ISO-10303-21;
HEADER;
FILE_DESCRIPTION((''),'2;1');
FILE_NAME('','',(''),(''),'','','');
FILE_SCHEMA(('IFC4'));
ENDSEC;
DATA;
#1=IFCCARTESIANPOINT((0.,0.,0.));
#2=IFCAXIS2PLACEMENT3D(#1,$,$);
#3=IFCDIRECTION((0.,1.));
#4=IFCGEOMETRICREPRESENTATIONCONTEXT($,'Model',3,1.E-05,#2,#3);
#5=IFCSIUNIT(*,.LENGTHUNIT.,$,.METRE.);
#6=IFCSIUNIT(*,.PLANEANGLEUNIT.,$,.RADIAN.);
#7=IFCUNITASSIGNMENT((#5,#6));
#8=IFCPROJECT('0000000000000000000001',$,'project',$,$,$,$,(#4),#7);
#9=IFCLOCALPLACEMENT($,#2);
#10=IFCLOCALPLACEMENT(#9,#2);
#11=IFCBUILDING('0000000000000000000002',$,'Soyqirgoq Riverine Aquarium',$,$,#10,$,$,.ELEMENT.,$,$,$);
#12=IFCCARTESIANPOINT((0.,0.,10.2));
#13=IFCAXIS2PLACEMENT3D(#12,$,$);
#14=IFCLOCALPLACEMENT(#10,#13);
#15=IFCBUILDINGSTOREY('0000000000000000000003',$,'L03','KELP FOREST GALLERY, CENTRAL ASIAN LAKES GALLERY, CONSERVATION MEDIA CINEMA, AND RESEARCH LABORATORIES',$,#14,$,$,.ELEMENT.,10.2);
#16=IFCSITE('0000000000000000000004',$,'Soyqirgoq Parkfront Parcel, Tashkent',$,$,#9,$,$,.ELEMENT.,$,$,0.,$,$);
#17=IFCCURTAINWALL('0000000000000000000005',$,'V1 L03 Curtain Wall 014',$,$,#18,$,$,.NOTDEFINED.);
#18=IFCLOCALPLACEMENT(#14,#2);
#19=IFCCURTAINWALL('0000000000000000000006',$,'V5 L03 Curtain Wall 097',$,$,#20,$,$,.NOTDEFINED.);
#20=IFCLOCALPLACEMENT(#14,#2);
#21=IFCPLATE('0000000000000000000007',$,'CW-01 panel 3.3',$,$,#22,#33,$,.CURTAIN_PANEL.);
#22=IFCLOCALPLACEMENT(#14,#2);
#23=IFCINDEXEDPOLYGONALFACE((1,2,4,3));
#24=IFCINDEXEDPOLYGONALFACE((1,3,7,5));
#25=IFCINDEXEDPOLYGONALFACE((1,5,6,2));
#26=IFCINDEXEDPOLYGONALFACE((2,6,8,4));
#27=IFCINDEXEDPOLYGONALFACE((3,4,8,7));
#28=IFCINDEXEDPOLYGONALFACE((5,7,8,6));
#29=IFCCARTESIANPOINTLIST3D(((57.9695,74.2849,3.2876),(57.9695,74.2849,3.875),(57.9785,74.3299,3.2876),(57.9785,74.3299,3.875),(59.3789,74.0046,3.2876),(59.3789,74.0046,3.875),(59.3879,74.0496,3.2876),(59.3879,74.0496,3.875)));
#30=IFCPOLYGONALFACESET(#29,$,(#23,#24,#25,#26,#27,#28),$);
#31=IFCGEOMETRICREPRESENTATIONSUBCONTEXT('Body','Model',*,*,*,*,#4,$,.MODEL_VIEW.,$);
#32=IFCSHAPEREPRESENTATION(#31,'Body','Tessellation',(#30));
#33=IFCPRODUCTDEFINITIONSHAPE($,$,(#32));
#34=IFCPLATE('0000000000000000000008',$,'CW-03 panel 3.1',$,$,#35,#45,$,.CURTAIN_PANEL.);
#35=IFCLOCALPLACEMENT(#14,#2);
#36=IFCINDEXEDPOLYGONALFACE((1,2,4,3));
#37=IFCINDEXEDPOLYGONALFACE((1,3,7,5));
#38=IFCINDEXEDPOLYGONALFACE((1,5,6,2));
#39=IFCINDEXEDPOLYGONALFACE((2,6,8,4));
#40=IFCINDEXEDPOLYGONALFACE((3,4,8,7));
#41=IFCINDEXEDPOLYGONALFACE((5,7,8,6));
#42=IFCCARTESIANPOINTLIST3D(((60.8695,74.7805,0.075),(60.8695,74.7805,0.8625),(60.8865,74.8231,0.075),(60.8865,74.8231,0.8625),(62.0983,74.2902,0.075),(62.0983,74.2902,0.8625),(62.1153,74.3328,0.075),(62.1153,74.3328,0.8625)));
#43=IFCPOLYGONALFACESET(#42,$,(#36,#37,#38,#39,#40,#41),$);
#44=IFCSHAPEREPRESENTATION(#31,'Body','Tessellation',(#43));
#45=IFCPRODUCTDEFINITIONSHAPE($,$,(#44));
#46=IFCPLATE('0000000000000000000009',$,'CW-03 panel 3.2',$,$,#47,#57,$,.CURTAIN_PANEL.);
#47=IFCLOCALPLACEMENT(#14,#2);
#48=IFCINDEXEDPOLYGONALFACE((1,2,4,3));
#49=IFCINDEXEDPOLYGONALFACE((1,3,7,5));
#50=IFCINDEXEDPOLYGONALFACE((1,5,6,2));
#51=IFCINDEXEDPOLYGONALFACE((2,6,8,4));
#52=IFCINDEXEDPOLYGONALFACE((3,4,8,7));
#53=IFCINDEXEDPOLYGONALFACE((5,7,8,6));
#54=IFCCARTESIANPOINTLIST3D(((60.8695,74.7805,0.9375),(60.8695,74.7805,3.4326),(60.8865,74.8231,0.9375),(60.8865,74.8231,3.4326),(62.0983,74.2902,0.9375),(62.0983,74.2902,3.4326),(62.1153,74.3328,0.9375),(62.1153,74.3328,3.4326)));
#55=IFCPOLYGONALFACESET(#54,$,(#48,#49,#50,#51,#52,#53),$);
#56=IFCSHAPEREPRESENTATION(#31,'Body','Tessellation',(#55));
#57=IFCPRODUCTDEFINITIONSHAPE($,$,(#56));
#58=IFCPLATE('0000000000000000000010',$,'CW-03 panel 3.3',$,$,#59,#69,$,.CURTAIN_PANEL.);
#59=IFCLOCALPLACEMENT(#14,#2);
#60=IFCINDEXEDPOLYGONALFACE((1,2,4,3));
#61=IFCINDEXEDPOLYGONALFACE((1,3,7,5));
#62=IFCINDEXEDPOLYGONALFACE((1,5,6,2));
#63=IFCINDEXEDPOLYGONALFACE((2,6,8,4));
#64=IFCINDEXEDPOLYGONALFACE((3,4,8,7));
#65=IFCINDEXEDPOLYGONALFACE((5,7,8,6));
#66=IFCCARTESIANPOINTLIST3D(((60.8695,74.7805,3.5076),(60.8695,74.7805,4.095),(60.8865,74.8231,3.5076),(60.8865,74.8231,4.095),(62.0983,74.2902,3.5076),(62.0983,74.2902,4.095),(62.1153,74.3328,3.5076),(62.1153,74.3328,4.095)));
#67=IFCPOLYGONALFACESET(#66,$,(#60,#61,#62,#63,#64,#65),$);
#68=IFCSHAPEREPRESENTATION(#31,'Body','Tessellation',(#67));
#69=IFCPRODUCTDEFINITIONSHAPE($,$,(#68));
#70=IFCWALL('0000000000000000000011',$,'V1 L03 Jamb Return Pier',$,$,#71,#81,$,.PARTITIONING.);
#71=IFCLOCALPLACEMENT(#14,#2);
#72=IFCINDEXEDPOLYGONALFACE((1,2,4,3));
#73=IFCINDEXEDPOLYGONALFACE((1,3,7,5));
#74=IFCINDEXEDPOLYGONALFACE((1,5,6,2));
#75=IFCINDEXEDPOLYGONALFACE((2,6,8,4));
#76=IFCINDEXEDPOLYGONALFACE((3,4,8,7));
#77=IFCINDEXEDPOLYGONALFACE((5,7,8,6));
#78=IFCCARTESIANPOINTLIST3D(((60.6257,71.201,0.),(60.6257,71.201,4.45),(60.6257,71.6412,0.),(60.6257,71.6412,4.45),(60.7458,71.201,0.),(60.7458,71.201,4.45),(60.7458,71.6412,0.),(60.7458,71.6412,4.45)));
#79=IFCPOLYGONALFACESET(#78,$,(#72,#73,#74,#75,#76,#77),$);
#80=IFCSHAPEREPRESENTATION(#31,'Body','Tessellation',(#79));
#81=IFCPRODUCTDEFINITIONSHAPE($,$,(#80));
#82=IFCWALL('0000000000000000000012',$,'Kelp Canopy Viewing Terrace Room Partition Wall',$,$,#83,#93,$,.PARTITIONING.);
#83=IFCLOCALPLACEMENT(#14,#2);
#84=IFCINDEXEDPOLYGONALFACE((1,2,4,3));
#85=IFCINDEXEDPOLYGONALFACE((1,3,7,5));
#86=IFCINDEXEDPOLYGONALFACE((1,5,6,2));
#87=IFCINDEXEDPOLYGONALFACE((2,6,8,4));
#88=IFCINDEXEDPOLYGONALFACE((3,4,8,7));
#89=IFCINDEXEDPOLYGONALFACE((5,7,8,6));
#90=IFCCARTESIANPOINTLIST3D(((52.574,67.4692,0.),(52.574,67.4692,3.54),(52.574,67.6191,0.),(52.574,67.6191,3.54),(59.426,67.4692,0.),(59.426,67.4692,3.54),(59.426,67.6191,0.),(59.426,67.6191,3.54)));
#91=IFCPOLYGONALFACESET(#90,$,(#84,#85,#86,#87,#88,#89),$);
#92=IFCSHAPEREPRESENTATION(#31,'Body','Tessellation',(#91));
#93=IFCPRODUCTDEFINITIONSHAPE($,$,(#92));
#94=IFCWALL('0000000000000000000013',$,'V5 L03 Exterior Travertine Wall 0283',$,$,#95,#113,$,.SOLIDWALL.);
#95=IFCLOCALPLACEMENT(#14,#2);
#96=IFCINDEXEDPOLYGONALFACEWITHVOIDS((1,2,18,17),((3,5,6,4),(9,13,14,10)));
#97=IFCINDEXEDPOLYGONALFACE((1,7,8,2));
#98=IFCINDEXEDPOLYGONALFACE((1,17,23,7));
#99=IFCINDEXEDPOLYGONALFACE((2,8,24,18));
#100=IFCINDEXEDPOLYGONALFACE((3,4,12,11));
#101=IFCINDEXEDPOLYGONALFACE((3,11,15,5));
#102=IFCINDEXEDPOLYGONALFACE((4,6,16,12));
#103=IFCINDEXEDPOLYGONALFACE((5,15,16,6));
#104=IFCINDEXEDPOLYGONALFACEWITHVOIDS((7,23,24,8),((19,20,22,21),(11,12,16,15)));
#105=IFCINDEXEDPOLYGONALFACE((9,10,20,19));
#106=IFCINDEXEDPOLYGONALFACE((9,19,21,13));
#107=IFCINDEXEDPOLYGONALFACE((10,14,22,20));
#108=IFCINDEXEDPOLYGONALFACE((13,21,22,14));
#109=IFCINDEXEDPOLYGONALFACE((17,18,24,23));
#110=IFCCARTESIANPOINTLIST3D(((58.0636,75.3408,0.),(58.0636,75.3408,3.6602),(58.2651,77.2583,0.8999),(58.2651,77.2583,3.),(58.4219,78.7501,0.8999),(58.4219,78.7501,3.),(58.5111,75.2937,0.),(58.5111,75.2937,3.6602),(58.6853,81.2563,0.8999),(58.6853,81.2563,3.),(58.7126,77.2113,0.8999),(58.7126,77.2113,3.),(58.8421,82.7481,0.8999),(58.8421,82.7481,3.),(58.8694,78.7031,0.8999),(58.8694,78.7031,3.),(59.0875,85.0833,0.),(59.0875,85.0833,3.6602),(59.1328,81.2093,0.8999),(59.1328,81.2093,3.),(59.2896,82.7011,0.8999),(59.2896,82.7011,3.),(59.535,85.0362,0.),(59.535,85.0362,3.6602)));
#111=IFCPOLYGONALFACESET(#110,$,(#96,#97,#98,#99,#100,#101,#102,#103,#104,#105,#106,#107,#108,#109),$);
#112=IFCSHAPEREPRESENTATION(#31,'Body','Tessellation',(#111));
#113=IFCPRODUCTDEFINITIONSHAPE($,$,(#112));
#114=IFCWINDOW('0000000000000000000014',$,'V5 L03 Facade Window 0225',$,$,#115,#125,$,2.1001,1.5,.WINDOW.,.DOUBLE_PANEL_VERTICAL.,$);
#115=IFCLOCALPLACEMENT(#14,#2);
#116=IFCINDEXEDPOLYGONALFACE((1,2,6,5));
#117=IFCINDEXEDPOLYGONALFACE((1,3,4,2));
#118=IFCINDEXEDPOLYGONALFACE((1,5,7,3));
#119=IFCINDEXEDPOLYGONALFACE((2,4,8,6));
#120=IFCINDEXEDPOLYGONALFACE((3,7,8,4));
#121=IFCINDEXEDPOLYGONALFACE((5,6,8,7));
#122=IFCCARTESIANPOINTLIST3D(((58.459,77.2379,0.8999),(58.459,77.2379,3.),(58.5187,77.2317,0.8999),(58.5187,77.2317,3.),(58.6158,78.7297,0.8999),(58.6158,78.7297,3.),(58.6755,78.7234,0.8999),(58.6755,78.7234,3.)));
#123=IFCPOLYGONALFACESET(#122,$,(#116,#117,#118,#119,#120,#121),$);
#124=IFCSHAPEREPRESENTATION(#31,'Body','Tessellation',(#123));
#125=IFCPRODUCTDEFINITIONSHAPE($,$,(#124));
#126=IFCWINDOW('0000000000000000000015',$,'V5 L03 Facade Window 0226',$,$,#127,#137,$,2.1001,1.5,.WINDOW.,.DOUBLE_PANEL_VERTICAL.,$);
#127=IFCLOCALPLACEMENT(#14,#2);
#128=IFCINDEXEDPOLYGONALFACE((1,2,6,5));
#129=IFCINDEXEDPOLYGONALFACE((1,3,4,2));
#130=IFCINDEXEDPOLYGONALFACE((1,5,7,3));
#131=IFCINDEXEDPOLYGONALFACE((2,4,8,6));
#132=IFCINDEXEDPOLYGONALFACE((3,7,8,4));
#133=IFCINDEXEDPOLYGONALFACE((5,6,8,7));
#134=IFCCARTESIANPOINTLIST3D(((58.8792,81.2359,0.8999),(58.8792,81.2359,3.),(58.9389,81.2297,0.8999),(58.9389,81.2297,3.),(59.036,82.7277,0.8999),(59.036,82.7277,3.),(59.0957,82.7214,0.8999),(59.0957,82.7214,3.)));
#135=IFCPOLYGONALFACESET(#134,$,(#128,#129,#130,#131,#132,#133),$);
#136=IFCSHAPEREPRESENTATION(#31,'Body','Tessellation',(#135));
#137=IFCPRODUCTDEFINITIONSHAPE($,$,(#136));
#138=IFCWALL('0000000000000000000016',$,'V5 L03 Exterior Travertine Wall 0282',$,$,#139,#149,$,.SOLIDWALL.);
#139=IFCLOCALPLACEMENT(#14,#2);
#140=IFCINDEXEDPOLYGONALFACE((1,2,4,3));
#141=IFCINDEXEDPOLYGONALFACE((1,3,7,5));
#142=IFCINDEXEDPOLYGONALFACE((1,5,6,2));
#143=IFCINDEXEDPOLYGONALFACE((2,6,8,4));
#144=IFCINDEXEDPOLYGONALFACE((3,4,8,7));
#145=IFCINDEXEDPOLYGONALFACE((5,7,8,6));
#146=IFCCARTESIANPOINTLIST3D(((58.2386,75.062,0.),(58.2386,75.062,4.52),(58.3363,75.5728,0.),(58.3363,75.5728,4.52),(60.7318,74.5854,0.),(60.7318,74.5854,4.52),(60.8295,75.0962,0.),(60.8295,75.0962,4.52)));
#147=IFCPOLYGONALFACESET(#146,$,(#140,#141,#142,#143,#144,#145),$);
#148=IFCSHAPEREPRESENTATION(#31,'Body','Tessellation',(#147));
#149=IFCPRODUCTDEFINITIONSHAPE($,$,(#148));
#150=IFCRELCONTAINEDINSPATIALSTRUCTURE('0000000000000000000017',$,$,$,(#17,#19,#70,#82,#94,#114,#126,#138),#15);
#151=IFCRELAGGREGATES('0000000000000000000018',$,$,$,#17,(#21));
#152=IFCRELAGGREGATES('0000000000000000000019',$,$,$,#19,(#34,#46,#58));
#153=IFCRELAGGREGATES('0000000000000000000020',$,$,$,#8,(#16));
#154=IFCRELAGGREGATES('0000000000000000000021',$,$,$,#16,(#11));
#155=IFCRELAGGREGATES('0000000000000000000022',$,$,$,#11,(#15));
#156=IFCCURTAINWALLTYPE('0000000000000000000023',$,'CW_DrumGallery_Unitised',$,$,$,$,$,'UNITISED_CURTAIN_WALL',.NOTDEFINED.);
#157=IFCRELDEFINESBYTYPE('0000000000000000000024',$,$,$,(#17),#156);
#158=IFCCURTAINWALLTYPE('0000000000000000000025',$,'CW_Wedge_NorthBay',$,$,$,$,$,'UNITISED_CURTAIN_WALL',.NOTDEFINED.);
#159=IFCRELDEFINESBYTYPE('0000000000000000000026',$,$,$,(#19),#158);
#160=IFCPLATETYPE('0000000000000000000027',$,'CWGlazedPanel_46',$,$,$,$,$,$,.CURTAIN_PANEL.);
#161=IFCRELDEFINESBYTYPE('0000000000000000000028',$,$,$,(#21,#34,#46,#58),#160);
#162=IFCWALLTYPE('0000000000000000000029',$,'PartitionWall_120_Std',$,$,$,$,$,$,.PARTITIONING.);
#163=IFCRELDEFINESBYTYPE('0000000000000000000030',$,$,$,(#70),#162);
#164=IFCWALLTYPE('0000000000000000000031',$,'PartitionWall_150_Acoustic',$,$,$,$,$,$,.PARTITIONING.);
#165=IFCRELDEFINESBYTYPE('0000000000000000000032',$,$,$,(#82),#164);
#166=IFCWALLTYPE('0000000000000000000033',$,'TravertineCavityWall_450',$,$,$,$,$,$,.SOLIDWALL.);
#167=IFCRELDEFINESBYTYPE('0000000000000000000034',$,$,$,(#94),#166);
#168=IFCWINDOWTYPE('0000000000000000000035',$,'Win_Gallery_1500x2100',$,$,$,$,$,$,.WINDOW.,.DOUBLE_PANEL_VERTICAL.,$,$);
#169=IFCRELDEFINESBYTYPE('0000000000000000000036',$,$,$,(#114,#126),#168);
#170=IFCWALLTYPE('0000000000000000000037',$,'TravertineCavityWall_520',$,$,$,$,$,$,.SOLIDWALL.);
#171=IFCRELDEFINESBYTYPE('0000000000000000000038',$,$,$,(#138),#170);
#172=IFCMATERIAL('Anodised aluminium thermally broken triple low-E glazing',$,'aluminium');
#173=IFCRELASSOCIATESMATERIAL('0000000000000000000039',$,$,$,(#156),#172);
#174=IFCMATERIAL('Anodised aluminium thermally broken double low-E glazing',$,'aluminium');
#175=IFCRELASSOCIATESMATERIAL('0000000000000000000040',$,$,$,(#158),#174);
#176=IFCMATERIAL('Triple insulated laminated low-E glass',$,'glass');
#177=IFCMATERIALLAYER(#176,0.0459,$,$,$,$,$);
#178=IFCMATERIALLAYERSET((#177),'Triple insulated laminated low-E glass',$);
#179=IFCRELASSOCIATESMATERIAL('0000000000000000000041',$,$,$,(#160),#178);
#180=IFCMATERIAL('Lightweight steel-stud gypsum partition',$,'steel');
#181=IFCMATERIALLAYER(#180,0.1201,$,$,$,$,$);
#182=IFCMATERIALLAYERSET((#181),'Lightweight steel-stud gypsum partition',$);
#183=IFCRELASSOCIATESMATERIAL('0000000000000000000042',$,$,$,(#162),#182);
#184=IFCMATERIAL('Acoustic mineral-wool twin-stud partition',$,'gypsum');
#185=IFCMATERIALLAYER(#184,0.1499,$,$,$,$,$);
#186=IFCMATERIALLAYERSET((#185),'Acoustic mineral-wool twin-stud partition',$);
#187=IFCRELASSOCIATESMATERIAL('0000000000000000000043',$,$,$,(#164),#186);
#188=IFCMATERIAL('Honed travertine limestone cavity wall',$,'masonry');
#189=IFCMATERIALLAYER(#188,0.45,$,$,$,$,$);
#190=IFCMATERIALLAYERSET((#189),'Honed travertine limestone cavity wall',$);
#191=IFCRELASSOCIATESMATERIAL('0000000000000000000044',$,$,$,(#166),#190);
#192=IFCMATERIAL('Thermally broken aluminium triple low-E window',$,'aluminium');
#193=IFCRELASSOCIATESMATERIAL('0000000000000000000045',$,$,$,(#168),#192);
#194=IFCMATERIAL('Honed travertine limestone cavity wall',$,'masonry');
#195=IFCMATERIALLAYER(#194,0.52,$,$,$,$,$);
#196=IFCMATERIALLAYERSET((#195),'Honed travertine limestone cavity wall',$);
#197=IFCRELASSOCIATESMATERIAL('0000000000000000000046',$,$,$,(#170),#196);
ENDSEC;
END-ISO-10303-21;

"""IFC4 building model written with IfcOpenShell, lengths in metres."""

from ifc_helpers import new_model, si_unit, direction, frame, frame_2d, origin, origin_2d, place, context, subcontext, project, spatial, rectangle, extrude, material, layer, layer_set, type_object, element, fill, aggregate, save


model = new_model("IFC4")

# Units and contexts
model_context = context("Model", 3, precision=1e-05, world=origin(), true_north=direction((0.0, 1.0)))
body_context = subcontext(model_context, "Body", "Model", "MODEL_VIEW")
ifc_project = project(units=[si_unit("LENGTHUNIT", "METRE"), si_unit("PLANEANGLEUNIT", "RADIAN")], contexts=[model_context])

# Site, building, storey
site_placement = place(None, origin())
site = spatial("IfcSite", under=ifc_project, at=site_placement, Name="Soyqirgoq Parkfront Parcel, Tashkent", CompositionType="ELEMENT", RefElevation=0.0)
building_placement = place(site_placement, origin())
building = spatial("IfcBuilding", under=site, at=building_placement, Name="Soyqirgoq Riverine Aquarium", CompositionType="ELEMENT")
storey_placement = place(building_placement, frame((0.0, 0.0, 10.2)))
storey = spatial("IfcBuildingStorey", under=building, at=storey_placement, Name="L03", Description="KELP FOREST GALLERY, CENTRAL ASIAN LAKES GALLERY, CONSERVATION MEDIA CINEMA, AND RESEARCH LABORATORIES", CompositionType="ELEMENT", Elevation=10.2)

# Curtain wall
ifc_material_1 = material(Name="Anodised aluminium thermally broken triple low-E glazing", Category="aluminium")
curtain_wall_type_1 = type_object("IfcCurtainWallType", Name="CW_DrumGallery_Unitised", ElementType="UNITISED_CURTAIN_WALL", PredefinedType="NOTDEFINED", material=ifc_material_1)
curtain_wall_1_placement = place(storey_placement, origin())
curtain_wall_1 = element("IfcCurtainWall", 1, at=curtain_wall_1_placement, inside=storey, type_object=curtain_wall_type_1, Name="V1 L03 Curtain Wall 014", PredefinedType="NOTDEFINED")

# Curtain wall
ifc_material_2 = material(Name="Anodised aluminium thermally broken double low-E glazing", Category="aluminium")
curtain_wall_type_2 = type_object("IfcCurtainWallType", Name="CW_Wedge_NorthBay", ElementType="UNITISED_CURTAIN_WALL", PredefinedType="NOTDEFINED", material=ifc_material_2)
curtain_wall_2_placement = place(storey_placement, origin())
curtain_wall_2 = element("IfcCurtainWall", 2, at=curtain_wall_2_placement, inside=storey, type_object=curtain_wall_type_2, Name="V5 L03 Curtain Wall 097", PredefinedType="NOTDEFINED")

# Plates
ifc_material_3 = material(Name="Triple insulated laminated low-E glass", Category="glass")
ifc_layer_1 = layer(ifc_material_3, 0.0459)
ifc_layer_set_1 = layer_set([ifc_layer_1], Name="Triple insulated laminated low-E glass")
plate_type = type_object("IfcPlateType", Name="CWGlazedPanel_46", PredefinedType="CURTAIN_PANEL", material=ifc_layer_set_1)
plate_1_placement = place(storey_placement, frame((58.6787, 74.1672, 3.2876), z_axis=(0.0, 0.0, 1.0), x_axis=(-0.980784, 0.195095, 0.0)))
plate_1 = element("IfcPlate", 3, at=plate_1_placement, type_object=plate_type, Name="CW-01 panel 3.3", PredefinedType="CURTAIN_PANEL", context=body_context, shape_type="SweptSolid", body=[
    extrude(rectangle(XDim=1.437, YDim=0.0459, at=origin_2d()), origin(), (0.0, 0.0, 1.0), 0.5874),
])
aggregate(curtain_wall_1, [plate_1])
plate_2_placement = place(storey_placement, frame((61.4924, 74.5566, 0.075), z_axis=(0.0, 0.0, 1.0), x_axis=(-0.928805, 0.370569, 0.0)))
plate_2 = element("IfcPlate", 4, at=plate_2_placement, type_object=plate_type, Name="CW-03 panel 3.1", PredefinedType="CURTAIN_PANEL", context=body_context, shape_type="SweptSolid", body=[
    extrude(rectangle(XDim=1.323, YDim=0.0459, at=origin_2d()), origin(), (0.0, 0.0, 1.0), 0.7876),
])
plate_3_placement = place(storey_placement, frame((61.4924, 74.5566, 0.9375), z_axis=(0.0, 0.0, 1.0), x_axis=(-0.928805, 0.370569, 0.0)))
plate_3 = element("IfcPlate", 5, at=plate_3_placement, type_object=plate_type, Name="CW-03 panel 3.2", PredefinedType="CURTAIN_PANEL", context=body_context, shape_type="SweptSolid", body=[
    extrude(rectangle(XDim=1.323, YDim=0.0459, at=origin_2d()), origin(), (0.0, 0.0, 1.0), 2.4951),
])
plate_4_placement = place(storey_placement, frame((61.4924, 74.5566, 3.5076), z_axis=(0.0, 0.0, 1.0), x_axis=(-0.928805, 0.370569, 0.0)))
plate_4 = element("IfcPlate", 6, at=plate_4_placement, type_object=plate_type, Name="CW-03 panel 3.3", PredefinedType="CURTAIN_PANEL", context=body_context, shape_type="SweptSolid", body=[
    extrude(rectangle(XDim=1.323, YDim=0.0459, at=origin_2d()), origin(), (0.0, 0.0, 1.0), 0.5874),
])
aggregate(curtain_wall_2, [plate_2, plate_3, plate_4])

# Walls
ifc_material_4 = material(Name="Lightweight steel-stud gypsum partition", Category="steel")
ifc_layer_2 = layer(ifc_material_4, 0.1201)
ifc_layer_set_2 = layer_set([ifc_layer_2], Name="Lightweight steel-stud gypsum partition")
wall_type_1 = type_object("IfcWallType", Name="PartitionWall_120_Std", PredefinedType="PARTITIONING", material=ifc_layer_set_2)
wall_1_placement = place(storey_placement, frame((60.6858, 71.2009, 0.0), z_axis=(0.0, 0.0, 1.0), x_axis=(0.0, 1.0, 0.0)))
element("IfcWall", 7, at=wall_1_placement, inside=storey, type_object=wall_type_1, Name="V1 L03 Jamb Return Pier", PredefinedType="PARTITIONING", context=body_context, shape_type="SweptSolid", body=[
    extrude(rectangle(XDim=0.4402, YDim=0.1201, at=frame_2d((0.2202, 0.0))), origin(), (0.0, 0.0, 1.0), 4.45),
])
ifc_material_5 = material(Name="Acoustic mineral-wool twin-stud partition", Category="gypsum")
ifc_layer_3 = layer(ifc_material_5, 0.1499)
ifc_layer_set_3 = layer_set([ifc_layer_3], Name="Acoustic mineral-wool twin-stud partition")
wall_type_2 = type_object("IfcWallType", Name="PartitionWall_150_Acoustic", PredefinedType="PARTITIONING", material=ifc_layer_set_3)
wall_2_placement = place(storey_placement, frame((59.426, 67.5442, 0.0), z_axis=(0.0, 0.0, 1.0), x_axis=(-1.0, 0.0, 0.0)))
element("IfcWall", 8, at=wall_2_placement, inside=storey, type_object=wall_type_2, Name="Kelp Canopy Viewing Terrace Room Partition Wall", PredefinedType="PARTITIONING", context=body_context, shape_type="SweptSolid", body=[
    extrude(rectangle(XDim=6.8521, YDim=0.1499, at=frame_2d((3.426, 0.0))), origin(), (0.0, 0.0, 1.0), 3.54),
])

# Wall, openings, windows
ifc_material_6 = material(Name="Honed travertine limestone cavity wall", Category="masonry")
ifc_layer_4 = layer(ifc_material_6, 0.45)
ifc_layer_set_4 = layer_set([ifc_layer_4], Name="Honed travertine limestone cavity wall")
wall_type_3 = type_object("IfcWallType", Name="TravertineCavityWall_450", PredefinedType="SOLIDWALL", material=ifc_layer_set_4)
wall_3_placement = place(storey_placement, frame((58.2874, 75.3174, 0.0), z_axis=(0.0, 0.0, 1.0), x_axis=(0.104524, 0.994522, 0.0)))
wall_3 = element("IfcWall", 9, at=wall_3_placement, inside=storey, type_object=wall_type_3, Name="V5 L03 Exterior Travertine Wall 0283", PredefinedType="SOLIDWALL", context=body_context, shape_type="SweptSolid", body=[
    extrude(rectangle(XDim=9.7961, YDim=0.45, at=frame_2d((4.8979, 0.0))), origin(), (0.0, 0.0, 1.0), 3.6602),
])
opening_1_placement = place(wall_3_placement, frame((1.928, 0.0, 0.8999)))
opening_1 = element("IfcOpeningElement", 10, at=opening_1_placement, cuts=wall_3, PredefinedType="OPENING", context=body_context, shape_type="SweptSolid", body=[
    extrude(rectangle(XDim=1.5, YDim=2.1001, at=frame_2d((0.75, 1.05))), frame((0.0, 0.2349, 0.0), z_axis=(0.0, -1.0, 0.0), x_axis=(1.0, 0.0, 0.0)), (0.0, 0.0, 1.0), 0.47),
])
opening_2_placement = place(wall_3_placement, frame((5.948, 0.0, 0.8999)))
opening_2 = element("IfcOpeningElement", 11, at=opening_2_placement, cuts=wall_3, PredefinedType="OPENING", context=body_context, shape_type="SweptSolid", body=[
    extrude(rectangle(XDim=1.5, YDim=2.1001, at=frame_2d((0.75, 1.05))), frame((0.0, 0.2349, 0.0), z_axis=(0.0, -1.0, 0.0), x_axis=(1.0, 0.0, 0.0)), (0.0, 0.0, 1.0), 0.47),
])
ifc_material_7 = material(Name="Thermally broken aluminium triple low-E window", Category="aluminium")
window_type = type_object("IfcWindowType", Name="Win_Gallery_1500x2100", PartitioningType="DOUBLE_PANEL_VERTICAL", PredefinedType="WINDOW", material=ifc_material_7)
window_1_placement = place(opening_1_placement, origin())
window_1 = element("IfcWindow", 12, at=window_1_placement, inside=storey, type_object=window_type, Name="V5 L03 Facade Window 0225", OverallHeight=2.1001, OverallWidth=1.5, PartitioningType="DOUBLE_PANEL_VERTICAL", PredefinedType="WINDOW", context=body_context, shape_type="SweptSolid", body=[
    extrude(rectangle(XDim=1.5, YDim=2.1001, at=frame_2d((0.75, 1.05))), frame((0.0, 0.03, 0.0), z_axis=(0.0, -1.0, 0.0), x_axis=(1.0, 0.0, 0.0)), (0.0, 0.0, 1.0), 0.0601),
])
fill(opening_1, window_1)
window_2_placement = place(opening_2_placement, origin())
window_2 = element("IfcWindow", 13, at=window_2_placement, inside=storey, type_object=window_type, Name="V5 L03 Facade Window 0226", OverallHeight=2.1001, OverallWidth=1.5, PartitioningType="DOUBLE_PANEL_VERTICAL", PredefinedType="WINDOW", context=body_context, shape_type="SweptSolid", body=[
    extrude(rectangle(XDim=1.5, YDim=2.1001, at=frame_2d((0.75, 1.05))), frame((0.0, 0.03, 0.0), z_axis=(0.0, -1.0, 0.0), x_axis=(1.0, 0.0, 0.0)), (0.0, 0.0, 1.0), 0.0601),
])
fill(opening_2, window_2)

# Wall
ifc_material_8 = material(Name="Honed travertine limestone cavity wall", Category="masonry")
ifc_layer_5 = layer(ifc_material_8, 0.52)
ifc_layer_set_5 = layer_set([ifc_layer_5], Name="Honed travertine limestone cavity wall")
wall_type_4 = type_object("IfcWallType", Name="TravertineCavityWall_520", PredefinedType="SOLIDWALL", material=ifc_layer_set_5)
wall_4_placement = place(storey_placement, frame((60.7805, 74.8408, 0.0), z_axis=(0.0, 0.0, 1.0), x_axis=(-0.982217, 0.187749, 0.0)))
element("IfcWall", 14, at=wall_4_placement, inside=storey, type_object=wall_type_4, Name="V5 L03 Exterior Travertine Wall 0282", PredefinedType="SOLIDWALL", context=body_context, shape_type="SweptSolid", body=[
    extrude(rectangle(XDim=2.5383, YDim=0.52, at=frame_2d((1.269, 0.0))), origin(), (0.0, 0.0, 1.0), 4.52),
])

save(model, "model.ifc")
